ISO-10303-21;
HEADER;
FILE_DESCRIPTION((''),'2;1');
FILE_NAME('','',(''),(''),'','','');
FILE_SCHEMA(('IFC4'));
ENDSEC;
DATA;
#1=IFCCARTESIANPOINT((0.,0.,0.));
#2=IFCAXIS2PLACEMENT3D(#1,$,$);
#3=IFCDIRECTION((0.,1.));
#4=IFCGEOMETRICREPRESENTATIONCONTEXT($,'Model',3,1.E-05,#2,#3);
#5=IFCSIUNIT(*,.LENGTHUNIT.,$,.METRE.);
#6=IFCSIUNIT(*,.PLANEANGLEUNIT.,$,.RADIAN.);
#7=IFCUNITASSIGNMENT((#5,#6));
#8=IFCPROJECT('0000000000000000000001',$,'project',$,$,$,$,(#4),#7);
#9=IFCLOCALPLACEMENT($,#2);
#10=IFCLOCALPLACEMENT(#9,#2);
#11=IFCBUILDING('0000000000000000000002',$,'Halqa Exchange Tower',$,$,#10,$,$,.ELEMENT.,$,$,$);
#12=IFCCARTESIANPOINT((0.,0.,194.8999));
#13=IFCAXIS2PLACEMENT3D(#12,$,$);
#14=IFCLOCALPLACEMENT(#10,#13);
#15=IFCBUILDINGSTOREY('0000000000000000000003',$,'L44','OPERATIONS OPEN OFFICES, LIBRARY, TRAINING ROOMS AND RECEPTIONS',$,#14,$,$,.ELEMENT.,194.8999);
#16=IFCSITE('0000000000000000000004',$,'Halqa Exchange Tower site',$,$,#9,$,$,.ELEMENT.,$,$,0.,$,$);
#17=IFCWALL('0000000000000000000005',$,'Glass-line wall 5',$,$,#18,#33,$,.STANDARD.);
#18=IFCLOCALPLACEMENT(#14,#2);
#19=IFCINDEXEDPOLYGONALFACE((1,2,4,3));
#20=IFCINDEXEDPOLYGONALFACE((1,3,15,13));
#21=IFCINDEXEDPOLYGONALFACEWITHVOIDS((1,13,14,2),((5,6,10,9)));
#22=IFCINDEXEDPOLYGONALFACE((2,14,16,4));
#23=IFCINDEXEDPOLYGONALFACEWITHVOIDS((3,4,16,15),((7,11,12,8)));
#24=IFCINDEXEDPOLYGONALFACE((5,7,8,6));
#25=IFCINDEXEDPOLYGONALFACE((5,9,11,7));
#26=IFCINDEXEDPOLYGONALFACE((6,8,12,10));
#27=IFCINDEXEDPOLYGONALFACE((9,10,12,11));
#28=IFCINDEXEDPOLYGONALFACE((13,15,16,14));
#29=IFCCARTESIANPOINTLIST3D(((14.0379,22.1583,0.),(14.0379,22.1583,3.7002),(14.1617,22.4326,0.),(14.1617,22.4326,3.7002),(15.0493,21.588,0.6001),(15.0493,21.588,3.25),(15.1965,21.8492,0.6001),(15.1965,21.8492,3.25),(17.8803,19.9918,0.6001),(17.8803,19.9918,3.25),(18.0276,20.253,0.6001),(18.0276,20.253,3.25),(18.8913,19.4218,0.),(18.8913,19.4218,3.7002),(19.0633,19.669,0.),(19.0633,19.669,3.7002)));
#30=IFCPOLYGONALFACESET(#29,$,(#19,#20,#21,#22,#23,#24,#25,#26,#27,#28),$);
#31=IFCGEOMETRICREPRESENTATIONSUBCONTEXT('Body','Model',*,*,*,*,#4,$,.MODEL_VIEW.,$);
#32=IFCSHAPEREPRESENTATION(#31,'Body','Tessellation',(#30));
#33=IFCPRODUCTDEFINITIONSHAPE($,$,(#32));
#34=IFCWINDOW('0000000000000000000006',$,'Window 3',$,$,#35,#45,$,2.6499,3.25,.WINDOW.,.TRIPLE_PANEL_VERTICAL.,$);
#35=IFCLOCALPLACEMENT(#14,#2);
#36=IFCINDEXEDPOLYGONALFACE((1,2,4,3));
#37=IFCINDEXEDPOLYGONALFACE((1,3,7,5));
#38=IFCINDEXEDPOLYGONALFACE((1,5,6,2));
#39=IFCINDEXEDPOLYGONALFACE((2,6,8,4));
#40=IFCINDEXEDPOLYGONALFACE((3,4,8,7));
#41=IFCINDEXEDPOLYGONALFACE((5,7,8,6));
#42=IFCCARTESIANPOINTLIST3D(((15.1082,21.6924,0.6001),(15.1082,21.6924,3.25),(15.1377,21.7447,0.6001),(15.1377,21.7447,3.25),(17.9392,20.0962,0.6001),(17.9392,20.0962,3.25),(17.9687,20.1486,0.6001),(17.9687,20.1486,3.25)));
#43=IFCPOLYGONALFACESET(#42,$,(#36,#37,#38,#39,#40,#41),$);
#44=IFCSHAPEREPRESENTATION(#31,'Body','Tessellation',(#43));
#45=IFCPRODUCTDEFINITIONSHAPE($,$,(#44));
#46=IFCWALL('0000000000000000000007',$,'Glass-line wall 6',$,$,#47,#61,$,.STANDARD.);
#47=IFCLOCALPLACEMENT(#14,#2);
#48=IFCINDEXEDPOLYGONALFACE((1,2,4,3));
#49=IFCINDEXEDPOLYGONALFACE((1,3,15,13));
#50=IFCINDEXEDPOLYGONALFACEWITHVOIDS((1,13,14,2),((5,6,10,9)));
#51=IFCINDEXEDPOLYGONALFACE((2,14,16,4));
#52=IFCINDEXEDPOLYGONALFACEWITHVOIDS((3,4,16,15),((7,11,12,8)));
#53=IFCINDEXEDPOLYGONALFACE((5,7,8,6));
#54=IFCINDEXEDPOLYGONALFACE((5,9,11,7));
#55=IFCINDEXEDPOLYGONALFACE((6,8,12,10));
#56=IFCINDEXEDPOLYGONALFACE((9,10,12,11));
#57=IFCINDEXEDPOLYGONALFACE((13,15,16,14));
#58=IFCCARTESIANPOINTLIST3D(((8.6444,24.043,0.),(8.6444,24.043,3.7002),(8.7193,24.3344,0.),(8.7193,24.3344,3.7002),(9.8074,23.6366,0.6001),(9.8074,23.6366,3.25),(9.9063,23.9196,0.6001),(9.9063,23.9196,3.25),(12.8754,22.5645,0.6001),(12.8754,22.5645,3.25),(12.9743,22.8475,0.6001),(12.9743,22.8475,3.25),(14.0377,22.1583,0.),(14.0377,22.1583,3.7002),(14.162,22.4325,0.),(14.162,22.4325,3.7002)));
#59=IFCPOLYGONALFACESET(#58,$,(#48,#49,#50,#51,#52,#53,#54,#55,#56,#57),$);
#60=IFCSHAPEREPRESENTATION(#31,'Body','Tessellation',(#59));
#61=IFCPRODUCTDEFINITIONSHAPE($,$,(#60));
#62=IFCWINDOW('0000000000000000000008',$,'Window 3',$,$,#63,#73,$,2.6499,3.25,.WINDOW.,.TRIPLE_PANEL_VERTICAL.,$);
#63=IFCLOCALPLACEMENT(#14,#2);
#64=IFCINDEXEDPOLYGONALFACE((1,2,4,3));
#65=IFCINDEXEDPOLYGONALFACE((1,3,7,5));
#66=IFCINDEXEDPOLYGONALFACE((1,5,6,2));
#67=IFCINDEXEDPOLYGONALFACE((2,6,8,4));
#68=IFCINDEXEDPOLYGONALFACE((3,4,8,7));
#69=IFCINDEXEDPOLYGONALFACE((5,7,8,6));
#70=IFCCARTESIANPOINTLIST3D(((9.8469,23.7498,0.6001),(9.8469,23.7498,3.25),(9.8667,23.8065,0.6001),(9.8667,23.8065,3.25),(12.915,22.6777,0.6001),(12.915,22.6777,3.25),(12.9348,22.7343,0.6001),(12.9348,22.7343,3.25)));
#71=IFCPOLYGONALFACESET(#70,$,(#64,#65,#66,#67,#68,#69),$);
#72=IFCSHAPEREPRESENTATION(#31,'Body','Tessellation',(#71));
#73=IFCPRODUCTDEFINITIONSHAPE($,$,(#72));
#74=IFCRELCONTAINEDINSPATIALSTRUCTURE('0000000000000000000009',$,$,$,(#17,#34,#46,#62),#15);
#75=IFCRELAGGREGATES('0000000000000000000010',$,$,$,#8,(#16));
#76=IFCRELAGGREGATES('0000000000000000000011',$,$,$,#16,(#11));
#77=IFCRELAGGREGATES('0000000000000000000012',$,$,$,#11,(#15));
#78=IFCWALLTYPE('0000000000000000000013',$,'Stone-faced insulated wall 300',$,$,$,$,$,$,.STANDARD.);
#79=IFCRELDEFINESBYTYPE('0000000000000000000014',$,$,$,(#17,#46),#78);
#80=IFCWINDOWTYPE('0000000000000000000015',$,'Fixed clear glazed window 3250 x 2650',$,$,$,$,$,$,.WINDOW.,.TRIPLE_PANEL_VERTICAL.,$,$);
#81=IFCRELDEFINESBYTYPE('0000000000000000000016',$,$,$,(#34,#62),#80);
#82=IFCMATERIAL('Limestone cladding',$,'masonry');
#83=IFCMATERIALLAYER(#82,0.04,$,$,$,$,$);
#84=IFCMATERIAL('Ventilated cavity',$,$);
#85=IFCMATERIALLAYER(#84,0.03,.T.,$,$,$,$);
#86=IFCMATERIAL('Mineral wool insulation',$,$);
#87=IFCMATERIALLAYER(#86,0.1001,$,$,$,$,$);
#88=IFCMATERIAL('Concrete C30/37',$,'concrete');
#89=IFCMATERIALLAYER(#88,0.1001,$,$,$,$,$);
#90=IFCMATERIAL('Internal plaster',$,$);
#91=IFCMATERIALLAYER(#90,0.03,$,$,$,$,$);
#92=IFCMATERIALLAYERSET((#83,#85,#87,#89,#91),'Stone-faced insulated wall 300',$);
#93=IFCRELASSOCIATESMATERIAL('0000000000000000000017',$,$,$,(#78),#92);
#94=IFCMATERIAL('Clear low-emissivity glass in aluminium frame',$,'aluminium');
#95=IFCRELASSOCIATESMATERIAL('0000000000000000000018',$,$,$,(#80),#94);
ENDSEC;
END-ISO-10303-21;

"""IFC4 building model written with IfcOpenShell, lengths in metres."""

from ifc_helpers import new_model, si_unit, direction, frame, frame_2d, origin, place, context, subcontext, project, spatial, polyline, rectangle, outline, extrude, material, layer, layer_set, type_object, element, fill, save


model = new_model("IFC4")

# Units and contexts
model_context = context("Model", 3, precision=1e-05, world=origin(), true_north=direction((0.0, 1.0)))
body_context = subcontext(model_context, "Body", "Model", "MODEL_VIEW")
ifc_project = project(units=[si_unit("LENGTHUNIT", "METRE"), si_unit("PLANEANGLEUNIT", "RADIAN")], contexts=[model_context])

# Site, building, storey
site_placement = place(None, origin())
site = spatial("IfcSite", under=ifc_project, at=site_placement, Name="Halqa Exchange Tower site", CompositionType="ELEMENT", RefElevation=0.0)
building_placement = place(site_placement, origin())
building = spatial("IfcBuilding", under=site, at=building_placement, Name="Halqa Exchange Tower", CompositionType="ELEMENT")
storey_placement = place(building_placement, frame((0.0, 0.0, 194.8999)))
storey = spatial("IfcBuildingStorey", under=building, at=storey_placement, Name="L44", Description="OPERATIONS OPEN OFFICES, LIBRARY, TRAINING ROOMS AND RECEPTIONS", CompositionType="ELEMENT", Elevation=194.8999)

# Shared definitions
ifc_material_1 = material(Name="Limestone cladding", Category="masonry")
ifc_layer_1 = layer(ifc_material_1, 0.04)
ifc_material_2 = material(Name="Ventilated cavity")
ifc_layer_2 = layer(ifc_material_2, 0.03, ventilated=True)
ifc_material_3 = material(Name="Mineral wool insulation")
ifc_layer_3 = layer(ifc_material_3, 0.1001)
ifc_material_4 = material(Name="Concrete C30/37", Category="concrete")
ifc_layer_4 = layer(ifc_material_4, 0.1001)
ifc_material_5 = material(Name="Internal plaster")
ifc_layer_5 = layer(ifc_material_5, 0.03)
ifc_layer_set_1 = layer_set([ifc_layer_1, ifc_layer_2, ifc_layer_3, ifc_layer_4, ifc_layer_5], Name="Stone-faced insulated wall 300")
wall_type_1 = type_object("IfcWallType", Name="Stone-faced insulated wall 300", PredefinedType="STANDARD", material=ifc_layer_set_1)
ifc_material_6 = material(Name="Clear low-emissivity glass in aluminium frame", Category="aluminium")

# Walls, openings, windows
wall_1_placement = place(storey_placement, frame((18.9773, 19.5454, 0.0), z_axis=(0.0, 0.0, 1.0), x_axis=(-0.871084, 0.491135, 0.0)))
wall_1 = element("IfcWall", 1, at=wall_1_placement, inside=storey, type_object=wall_type_1, Name="Glass-line wall 5", PredefinedType="STANDARD", context=body_context, shape_type="SweptSolid", body=[
    extrude(outline(polyline([(-0.0142, -0.1499), (5.6128, -0.1499), (5.5859, 0.1499), (0.0142, 0.1499), (-0.0142, -0.1499)])), origin(), (0.0, 0.0, 1.0), 3.7002),
])
opening_1_placement = place(wall_1_placement, frame((1.1748, 0.0, 0.6001)))
opening_1 = element("IfcOpeningElement", 2, at=opening_1_placement, cuts=wall_1, PredefinedType="OPENING", context=body_context, shape_type="SweptSolid", body=[
    extrude(rectangle(XDim=3.25, YDim=2.6499, at=frame_2d((1.625, 1.325))), frame((0.0, 0.1621, 0.0), z_axis=(0.0, -1.0, 0.0), x_axis=(1.0, 0.0, 0.0)), (0.0, 0.0, 1.0), 0.324),
])
window_type = type_object("IfcWindowType", Name="Fixed clear glazed window 3250 x 2650", PartitioningType="TRIPLE_PANEL_VERTICAL", PredefinedType="WINDOW", material=ifc_material_6)
window_1_placement = place(opening_1_placement, origin())
window_1 = element("IfcWindow", 3, at=window_1_placement, inside=storey, type_object=window_type, Name="Window 3", OverallHeight=2.6499, OverallWidth=3.25, PartitioningType="TRIPLE_PANEL_VERTICAL", PredefinedType="WINDOW", context=body_context, shape_type="SweptSolid", body=[
    extrude(rectangle(XDim=3.25, YDim=2.6499, at=frame_2d((1.625, 1.325))), frame((0.0, 0.03, 0.0), z_axis=(0.0, -1.0, 0.0), x_axis=(1.0, 0.0, 0.0)), (0.0, 0.0, 1.0), 0.0601),
])
fill(opening_1, window_1)
wall_2_placement = place(storey_placement, frame((14.0999, 22.2954, 0.0), z_axis=(0.0, 0.0, 1.0), x_axis=(-0.94402, 0.329888, 0.0)))
wall_2 = element("IfcWall", 4, at=wall_2_placement, inside=storey, type_object=wall_type_1, Name="Glass-line wall 6", PredefinedType="STANDARD", context=body_context, shape_type="SweptSolid", body=[
    extrude(outline(polyline([(-0.0134, -0.1499), (5.752, -0.1499), (5.7266, 0.1499), (0.0134, 0.1499), (-0.0134, -0.1499)])), origin(), (0.0, 0.0, 1.0), 3.7002),
])
opening_2_placement = place(wall_2_placement, frame((1.2446, 0.0, 0.6001)))
opening_2 = element("IfcOpeningElement", 5, at=opening_2_placement, cuts=wall_2, PredefinedType="OPENING", context=body_context, shape_type="SweptSolid", body=[
    extrude(rectangle(XDim=3.25, YDim=2.6499, at=frame_2d((1.625, 1.325))), frame((0.0, 0.1621, 0.0), z_axis=(0.0, -1.0, 0.0), x_axis=(1.0, 0.0, 0.0)), (0.0, 0.0, 1.0), 0.324),
])
window_2_placement = place(opening_2_placement, origin())
window_2 = element("IfcWindow", 6, at=window_2_placement, inside=storey, type_object=window_type, Name="Window 3", OverallHeight=2.6499, OverallWidth=3.25, PartitioningType="TRIPLE_PANEL_VERTICAL", PredefinedType="WINDOW", context=body_context, shape_type="SweptSolid", body=[
    extrude(rectangle(XDim=3.25, YDim=2.6499, at=frame_2d((1.625, 1.325))), frame((0.0, 0.03, 0.0), z_axis=(0.0, -1.0, 0.0), x_axis=(1.0, 0.0, 0.0)), (0.0, 0.0, 1.0), 0.0601),
])
fill(opening_2, window_2)

save(model, "model.ifc")
